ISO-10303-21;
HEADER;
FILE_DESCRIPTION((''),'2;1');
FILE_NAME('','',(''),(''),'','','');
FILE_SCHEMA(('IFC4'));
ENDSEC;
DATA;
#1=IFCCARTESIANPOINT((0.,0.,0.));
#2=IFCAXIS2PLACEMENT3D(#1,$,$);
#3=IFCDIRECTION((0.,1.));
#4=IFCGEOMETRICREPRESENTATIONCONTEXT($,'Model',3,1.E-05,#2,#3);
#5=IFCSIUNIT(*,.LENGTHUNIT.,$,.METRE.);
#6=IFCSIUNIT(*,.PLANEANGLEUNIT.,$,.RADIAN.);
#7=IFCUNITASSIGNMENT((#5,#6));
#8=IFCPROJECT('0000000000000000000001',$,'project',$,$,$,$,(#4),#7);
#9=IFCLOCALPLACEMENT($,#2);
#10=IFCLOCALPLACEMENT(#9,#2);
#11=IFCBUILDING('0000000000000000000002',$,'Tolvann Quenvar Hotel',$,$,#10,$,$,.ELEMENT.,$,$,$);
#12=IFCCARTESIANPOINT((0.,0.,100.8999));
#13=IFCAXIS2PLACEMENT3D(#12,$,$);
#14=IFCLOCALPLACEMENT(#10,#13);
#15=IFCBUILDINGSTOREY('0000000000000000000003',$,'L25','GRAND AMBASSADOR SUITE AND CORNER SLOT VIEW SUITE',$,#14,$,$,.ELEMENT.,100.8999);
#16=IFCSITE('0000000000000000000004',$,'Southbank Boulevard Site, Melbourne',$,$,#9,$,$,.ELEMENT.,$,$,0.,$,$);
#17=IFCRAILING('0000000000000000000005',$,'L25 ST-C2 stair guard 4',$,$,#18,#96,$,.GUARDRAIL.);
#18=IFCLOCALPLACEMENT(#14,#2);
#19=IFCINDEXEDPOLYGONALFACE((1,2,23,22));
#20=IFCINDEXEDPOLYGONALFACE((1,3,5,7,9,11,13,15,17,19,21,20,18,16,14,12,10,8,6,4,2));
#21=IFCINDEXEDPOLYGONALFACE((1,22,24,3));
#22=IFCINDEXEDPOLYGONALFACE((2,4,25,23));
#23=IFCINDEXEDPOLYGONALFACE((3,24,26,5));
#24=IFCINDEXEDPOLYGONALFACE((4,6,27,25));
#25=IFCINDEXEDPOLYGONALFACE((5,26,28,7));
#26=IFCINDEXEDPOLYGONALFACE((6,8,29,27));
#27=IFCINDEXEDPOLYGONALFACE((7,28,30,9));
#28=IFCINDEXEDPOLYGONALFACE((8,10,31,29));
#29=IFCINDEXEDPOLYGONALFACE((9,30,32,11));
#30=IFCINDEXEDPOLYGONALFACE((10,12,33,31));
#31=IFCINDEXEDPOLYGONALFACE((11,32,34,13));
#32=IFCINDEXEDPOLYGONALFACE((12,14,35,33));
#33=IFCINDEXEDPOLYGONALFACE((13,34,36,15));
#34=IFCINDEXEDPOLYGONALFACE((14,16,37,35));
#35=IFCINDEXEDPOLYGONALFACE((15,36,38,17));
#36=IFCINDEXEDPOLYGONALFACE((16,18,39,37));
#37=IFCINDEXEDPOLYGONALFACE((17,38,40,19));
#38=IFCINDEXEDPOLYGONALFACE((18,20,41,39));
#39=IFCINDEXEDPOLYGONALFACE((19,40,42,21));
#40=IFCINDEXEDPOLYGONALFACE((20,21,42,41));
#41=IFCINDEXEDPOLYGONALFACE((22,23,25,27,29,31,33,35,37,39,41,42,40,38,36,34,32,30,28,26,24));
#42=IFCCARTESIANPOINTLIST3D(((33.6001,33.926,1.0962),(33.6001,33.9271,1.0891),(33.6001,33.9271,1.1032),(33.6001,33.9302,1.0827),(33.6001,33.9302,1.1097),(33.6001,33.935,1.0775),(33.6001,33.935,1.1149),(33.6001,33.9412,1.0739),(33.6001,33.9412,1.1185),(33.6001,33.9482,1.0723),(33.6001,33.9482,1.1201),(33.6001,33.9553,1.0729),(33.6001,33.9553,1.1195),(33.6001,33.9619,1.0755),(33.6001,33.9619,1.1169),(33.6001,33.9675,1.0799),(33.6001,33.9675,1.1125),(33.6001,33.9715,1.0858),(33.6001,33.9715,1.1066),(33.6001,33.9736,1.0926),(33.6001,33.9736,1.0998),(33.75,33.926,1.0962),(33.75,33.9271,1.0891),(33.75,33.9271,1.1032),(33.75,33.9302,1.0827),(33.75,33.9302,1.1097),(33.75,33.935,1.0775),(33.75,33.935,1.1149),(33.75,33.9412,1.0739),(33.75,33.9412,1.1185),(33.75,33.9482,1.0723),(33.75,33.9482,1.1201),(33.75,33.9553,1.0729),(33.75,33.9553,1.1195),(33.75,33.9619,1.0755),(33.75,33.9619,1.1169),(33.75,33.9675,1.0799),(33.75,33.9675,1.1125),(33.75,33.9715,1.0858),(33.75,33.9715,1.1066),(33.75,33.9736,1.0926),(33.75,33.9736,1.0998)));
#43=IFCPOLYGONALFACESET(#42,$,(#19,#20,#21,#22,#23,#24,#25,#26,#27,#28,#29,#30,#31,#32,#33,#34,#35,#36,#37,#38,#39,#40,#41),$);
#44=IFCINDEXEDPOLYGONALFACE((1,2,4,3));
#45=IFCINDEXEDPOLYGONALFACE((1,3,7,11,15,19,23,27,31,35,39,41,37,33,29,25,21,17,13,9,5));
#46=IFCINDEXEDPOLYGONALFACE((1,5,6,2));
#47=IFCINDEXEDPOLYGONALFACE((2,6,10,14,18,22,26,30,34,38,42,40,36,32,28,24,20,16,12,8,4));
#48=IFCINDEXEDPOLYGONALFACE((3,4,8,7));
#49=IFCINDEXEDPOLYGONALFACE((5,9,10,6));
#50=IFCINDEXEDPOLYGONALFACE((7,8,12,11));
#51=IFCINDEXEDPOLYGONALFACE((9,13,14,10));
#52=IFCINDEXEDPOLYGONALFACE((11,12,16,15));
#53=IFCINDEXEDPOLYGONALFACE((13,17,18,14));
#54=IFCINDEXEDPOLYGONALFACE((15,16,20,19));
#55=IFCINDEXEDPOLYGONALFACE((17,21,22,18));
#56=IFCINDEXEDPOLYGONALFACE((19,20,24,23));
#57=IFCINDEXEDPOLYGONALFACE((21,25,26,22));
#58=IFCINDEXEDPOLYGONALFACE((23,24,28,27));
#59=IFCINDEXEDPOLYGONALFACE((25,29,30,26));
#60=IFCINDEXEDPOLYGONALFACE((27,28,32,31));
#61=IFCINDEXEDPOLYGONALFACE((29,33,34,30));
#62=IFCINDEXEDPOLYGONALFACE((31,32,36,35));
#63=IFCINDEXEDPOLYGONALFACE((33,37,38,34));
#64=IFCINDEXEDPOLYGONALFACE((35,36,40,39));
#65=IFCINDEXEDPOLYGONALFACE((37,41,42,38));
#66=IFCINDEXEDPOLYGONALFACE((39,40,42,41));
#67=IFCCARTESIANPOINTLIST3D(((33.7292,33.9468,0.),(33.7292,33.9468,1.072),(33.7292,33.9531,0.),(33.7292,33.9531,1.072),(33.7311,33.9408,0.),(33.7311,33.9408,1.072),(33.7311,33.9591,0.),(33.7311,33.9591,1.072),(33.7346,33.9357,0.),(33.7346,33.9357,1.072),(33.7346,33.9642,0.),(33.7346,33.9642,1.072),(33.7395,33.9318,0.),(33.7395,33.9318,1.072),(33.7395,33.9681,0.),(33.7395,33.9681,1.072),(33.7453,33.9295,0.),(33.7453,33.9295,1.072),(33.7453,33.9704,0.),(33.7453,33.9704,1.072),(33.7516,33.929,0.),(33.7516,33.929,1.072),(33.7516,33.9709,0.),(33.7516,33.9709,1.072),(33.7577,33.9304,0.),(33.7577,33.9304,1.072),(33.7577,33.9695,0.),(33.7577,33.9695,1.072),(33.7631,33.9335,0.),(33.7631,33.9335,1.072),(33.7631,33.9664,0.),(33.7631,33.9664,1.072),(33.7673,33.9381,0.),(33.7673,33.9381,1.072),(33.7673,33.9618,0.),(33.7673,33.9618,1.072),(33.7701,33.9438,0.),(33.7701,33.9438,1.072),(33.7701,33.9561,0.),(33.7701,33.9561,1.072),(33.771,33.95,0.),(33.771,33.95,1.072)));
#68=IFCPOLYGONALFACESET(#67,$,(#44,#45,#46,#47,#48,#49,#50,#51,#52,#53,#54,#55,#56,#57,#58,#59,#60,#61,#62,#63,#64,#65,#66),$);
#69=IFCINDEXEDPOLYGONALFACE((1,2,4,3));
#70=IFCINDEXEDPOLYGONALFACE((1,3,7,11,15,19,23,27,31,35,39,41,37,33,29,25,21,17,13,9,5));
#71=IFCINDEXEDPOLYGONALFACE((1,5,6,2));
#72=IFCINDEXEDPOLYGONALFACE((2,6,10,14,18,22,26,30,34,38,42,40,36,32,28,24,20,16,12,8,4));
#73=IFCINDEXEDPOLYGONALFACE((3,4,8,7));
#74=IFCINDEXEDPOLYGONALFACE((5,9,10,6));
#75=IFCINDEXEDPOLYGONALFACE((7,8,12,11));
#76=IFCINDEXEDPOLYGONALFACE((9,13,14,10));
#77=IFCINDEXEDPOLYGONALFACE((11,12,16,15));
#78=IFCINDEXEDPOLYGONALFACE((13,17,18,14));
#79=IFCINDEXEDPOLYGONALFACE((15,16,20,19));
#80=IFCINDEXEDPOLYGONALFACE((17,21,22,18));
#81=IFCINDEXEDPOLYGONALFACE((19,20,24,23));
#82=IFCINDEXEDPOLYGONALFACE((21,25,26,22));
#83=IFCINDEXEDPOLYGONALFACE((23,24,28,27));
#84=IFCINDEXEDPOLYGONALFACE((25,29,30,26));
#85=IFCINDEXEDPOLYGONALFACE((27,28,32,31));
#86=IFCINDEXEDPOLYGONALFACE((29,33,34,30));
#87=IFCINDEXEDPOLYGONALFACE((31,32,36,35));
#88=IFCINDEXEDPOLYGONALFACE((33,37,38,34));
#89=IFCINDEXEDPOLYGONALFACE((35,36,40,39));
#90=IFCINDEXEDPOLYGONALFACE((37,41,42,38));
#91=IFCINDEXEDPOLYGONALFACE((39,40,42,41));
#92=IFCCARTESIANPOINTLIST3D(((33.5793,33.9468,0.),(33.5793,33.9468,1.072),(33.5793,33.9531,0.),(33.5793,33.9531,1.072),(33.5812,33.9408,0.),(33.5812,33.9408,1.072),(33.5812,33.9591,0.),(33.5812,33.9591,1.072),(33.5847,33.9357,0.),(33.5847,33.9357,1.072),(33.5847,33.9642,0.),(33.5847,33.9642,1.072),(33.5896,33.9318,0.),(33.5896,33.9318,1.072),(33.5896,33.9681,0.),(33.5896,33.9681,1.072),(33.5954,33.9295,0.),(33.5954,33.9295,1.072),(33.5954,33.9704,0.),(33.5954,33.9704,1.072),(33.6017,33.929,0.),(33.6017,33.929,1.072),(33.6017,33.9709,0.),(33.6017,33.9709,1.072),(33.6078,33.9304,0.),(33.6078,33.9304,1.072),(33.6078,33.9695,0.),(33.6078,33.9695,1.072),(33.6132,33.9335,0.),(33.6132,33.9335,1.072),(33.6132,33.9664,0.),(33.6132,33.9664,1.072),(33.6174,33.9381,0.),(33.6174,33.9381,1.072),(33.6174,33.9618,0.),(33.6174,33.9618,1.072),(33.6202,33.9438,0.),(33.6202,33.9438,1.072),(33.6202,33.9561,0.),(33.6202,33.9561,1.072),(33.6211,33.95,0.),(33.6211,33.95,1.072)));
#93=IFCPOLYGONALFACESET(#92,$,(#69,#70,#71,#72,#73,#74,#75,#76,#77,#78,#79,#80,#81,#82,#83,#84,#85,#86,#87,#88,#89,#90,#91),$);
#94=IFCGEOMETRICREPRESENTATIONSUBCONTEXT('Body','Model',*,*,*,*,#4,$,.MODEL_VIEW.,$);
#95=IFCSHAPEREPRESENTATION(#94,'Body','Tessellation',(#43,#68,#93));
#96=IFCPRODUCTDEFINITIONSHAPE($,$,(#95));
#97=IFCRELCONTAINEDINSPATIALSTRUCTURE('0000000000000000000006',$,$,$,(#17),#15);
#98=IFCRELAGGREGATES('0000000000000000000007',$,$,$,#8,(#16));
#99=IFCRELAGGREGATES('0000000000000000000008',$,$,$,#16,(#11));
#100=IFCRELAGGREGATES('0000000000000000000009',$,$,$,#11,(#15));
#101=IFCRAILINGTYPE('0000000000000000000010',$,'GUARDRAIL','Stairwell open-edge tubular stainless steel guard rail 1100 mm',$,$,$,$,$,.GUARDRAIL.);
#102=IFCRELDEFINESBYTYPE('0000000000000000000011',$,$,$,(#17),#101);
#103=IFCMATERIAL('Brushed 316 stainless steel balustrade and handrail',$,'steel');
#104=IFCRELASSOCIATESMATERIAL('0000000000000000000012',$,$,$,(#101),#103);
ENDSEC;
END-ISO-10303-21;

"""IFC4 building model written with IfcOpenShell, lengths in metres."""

from ifc_helpers import new_model, si_unit, direction, frame, origin, origin_2d, place, context, subcontext, project, spatial, circle, extrude, material, type_object, element, save


model = new_model("IFC4")

# Units and contexts
model_context = context("Model", 3, precision=1e-05, world=origin(), true_north=direction((0.0, 1.0)))
body_context = subcontext(model_context, "Body", "Model", "MODEL_VIEW")
ifc_project = project(units=[si_unit("LENGTHUNIT", "METRE"), si_unit("PLANEANGLEUNIT", "RADIAN")], contexts=[model_context])

# Site, building, storey
site_placement = place(None, origin())
site = spatial("IfcSite", under=ifc_project, at=site_placement, Name="Southbank Boulevard Site, Melbourne", CompositionType="ELEMENT", RefElevation=0.0)
building_placement = place(site_placement, origin())
building = spatial("IfcBuilding", under=site, at=building_placement, Name="Tolvann Quenvar Hotel", CompositionType="ELEMENT")
storey_placement = place(building_placement, frame((0.0, 0.0, 100.8999)))
storey = spatial("IfcBuildingStorey", under=building, at=storey_placement, Name="L25", Description="GRAND AMBASSADOR SUITE AND CORNER SLOT VIEW SUITE", CompositionType="ELEMENT", Elevation=100.8999)

# Railing
ifc_material_1 = material(Name="Brushed 316 stainless steel balustrade and handrail", Category="steel")
railing_type_1 = type_object("IfcRailingType", Name="GUARDRAIL", Description="Stairwell open-edge tubular stainless steel guard rail 1100 mm", PredefinedType="GUARDRAIL", material=ifc_material_1)
railing_1_placement = place(storey_placement, frame((33.75, 33.95, 0.0)))
element("IfcRailing", 1, at=railing_1_placement, inside=storey, type_object=railing_type_1, Name="L25 ST-C2 stair guard 4", PredefinedType="GUARDRAIL", context=body_context, shape_type="SweptSolid", body=[
    extrude(circle(Radius=0.0239, at=origin_2d()), frame((0.0, 0.0, 1.0962), z_axis=(-1.0, 0.0, 0.0), x_axis=(0.0, -1.0, 0.0)), (0.0, 0.0, 1.0), 0.1499),
    extrude(circle(Radius=0.021, at=origin_2d()), origin(), (0.0, 0.0, 1.0), 1.072),
    extrude(circle(Radius=0.021, at=origin_2d()), frame((-0.1499, 0.0, 0.0)), (0.0, 0.0, 1.0), 1.072),
])

save(model, "model.ifc")
